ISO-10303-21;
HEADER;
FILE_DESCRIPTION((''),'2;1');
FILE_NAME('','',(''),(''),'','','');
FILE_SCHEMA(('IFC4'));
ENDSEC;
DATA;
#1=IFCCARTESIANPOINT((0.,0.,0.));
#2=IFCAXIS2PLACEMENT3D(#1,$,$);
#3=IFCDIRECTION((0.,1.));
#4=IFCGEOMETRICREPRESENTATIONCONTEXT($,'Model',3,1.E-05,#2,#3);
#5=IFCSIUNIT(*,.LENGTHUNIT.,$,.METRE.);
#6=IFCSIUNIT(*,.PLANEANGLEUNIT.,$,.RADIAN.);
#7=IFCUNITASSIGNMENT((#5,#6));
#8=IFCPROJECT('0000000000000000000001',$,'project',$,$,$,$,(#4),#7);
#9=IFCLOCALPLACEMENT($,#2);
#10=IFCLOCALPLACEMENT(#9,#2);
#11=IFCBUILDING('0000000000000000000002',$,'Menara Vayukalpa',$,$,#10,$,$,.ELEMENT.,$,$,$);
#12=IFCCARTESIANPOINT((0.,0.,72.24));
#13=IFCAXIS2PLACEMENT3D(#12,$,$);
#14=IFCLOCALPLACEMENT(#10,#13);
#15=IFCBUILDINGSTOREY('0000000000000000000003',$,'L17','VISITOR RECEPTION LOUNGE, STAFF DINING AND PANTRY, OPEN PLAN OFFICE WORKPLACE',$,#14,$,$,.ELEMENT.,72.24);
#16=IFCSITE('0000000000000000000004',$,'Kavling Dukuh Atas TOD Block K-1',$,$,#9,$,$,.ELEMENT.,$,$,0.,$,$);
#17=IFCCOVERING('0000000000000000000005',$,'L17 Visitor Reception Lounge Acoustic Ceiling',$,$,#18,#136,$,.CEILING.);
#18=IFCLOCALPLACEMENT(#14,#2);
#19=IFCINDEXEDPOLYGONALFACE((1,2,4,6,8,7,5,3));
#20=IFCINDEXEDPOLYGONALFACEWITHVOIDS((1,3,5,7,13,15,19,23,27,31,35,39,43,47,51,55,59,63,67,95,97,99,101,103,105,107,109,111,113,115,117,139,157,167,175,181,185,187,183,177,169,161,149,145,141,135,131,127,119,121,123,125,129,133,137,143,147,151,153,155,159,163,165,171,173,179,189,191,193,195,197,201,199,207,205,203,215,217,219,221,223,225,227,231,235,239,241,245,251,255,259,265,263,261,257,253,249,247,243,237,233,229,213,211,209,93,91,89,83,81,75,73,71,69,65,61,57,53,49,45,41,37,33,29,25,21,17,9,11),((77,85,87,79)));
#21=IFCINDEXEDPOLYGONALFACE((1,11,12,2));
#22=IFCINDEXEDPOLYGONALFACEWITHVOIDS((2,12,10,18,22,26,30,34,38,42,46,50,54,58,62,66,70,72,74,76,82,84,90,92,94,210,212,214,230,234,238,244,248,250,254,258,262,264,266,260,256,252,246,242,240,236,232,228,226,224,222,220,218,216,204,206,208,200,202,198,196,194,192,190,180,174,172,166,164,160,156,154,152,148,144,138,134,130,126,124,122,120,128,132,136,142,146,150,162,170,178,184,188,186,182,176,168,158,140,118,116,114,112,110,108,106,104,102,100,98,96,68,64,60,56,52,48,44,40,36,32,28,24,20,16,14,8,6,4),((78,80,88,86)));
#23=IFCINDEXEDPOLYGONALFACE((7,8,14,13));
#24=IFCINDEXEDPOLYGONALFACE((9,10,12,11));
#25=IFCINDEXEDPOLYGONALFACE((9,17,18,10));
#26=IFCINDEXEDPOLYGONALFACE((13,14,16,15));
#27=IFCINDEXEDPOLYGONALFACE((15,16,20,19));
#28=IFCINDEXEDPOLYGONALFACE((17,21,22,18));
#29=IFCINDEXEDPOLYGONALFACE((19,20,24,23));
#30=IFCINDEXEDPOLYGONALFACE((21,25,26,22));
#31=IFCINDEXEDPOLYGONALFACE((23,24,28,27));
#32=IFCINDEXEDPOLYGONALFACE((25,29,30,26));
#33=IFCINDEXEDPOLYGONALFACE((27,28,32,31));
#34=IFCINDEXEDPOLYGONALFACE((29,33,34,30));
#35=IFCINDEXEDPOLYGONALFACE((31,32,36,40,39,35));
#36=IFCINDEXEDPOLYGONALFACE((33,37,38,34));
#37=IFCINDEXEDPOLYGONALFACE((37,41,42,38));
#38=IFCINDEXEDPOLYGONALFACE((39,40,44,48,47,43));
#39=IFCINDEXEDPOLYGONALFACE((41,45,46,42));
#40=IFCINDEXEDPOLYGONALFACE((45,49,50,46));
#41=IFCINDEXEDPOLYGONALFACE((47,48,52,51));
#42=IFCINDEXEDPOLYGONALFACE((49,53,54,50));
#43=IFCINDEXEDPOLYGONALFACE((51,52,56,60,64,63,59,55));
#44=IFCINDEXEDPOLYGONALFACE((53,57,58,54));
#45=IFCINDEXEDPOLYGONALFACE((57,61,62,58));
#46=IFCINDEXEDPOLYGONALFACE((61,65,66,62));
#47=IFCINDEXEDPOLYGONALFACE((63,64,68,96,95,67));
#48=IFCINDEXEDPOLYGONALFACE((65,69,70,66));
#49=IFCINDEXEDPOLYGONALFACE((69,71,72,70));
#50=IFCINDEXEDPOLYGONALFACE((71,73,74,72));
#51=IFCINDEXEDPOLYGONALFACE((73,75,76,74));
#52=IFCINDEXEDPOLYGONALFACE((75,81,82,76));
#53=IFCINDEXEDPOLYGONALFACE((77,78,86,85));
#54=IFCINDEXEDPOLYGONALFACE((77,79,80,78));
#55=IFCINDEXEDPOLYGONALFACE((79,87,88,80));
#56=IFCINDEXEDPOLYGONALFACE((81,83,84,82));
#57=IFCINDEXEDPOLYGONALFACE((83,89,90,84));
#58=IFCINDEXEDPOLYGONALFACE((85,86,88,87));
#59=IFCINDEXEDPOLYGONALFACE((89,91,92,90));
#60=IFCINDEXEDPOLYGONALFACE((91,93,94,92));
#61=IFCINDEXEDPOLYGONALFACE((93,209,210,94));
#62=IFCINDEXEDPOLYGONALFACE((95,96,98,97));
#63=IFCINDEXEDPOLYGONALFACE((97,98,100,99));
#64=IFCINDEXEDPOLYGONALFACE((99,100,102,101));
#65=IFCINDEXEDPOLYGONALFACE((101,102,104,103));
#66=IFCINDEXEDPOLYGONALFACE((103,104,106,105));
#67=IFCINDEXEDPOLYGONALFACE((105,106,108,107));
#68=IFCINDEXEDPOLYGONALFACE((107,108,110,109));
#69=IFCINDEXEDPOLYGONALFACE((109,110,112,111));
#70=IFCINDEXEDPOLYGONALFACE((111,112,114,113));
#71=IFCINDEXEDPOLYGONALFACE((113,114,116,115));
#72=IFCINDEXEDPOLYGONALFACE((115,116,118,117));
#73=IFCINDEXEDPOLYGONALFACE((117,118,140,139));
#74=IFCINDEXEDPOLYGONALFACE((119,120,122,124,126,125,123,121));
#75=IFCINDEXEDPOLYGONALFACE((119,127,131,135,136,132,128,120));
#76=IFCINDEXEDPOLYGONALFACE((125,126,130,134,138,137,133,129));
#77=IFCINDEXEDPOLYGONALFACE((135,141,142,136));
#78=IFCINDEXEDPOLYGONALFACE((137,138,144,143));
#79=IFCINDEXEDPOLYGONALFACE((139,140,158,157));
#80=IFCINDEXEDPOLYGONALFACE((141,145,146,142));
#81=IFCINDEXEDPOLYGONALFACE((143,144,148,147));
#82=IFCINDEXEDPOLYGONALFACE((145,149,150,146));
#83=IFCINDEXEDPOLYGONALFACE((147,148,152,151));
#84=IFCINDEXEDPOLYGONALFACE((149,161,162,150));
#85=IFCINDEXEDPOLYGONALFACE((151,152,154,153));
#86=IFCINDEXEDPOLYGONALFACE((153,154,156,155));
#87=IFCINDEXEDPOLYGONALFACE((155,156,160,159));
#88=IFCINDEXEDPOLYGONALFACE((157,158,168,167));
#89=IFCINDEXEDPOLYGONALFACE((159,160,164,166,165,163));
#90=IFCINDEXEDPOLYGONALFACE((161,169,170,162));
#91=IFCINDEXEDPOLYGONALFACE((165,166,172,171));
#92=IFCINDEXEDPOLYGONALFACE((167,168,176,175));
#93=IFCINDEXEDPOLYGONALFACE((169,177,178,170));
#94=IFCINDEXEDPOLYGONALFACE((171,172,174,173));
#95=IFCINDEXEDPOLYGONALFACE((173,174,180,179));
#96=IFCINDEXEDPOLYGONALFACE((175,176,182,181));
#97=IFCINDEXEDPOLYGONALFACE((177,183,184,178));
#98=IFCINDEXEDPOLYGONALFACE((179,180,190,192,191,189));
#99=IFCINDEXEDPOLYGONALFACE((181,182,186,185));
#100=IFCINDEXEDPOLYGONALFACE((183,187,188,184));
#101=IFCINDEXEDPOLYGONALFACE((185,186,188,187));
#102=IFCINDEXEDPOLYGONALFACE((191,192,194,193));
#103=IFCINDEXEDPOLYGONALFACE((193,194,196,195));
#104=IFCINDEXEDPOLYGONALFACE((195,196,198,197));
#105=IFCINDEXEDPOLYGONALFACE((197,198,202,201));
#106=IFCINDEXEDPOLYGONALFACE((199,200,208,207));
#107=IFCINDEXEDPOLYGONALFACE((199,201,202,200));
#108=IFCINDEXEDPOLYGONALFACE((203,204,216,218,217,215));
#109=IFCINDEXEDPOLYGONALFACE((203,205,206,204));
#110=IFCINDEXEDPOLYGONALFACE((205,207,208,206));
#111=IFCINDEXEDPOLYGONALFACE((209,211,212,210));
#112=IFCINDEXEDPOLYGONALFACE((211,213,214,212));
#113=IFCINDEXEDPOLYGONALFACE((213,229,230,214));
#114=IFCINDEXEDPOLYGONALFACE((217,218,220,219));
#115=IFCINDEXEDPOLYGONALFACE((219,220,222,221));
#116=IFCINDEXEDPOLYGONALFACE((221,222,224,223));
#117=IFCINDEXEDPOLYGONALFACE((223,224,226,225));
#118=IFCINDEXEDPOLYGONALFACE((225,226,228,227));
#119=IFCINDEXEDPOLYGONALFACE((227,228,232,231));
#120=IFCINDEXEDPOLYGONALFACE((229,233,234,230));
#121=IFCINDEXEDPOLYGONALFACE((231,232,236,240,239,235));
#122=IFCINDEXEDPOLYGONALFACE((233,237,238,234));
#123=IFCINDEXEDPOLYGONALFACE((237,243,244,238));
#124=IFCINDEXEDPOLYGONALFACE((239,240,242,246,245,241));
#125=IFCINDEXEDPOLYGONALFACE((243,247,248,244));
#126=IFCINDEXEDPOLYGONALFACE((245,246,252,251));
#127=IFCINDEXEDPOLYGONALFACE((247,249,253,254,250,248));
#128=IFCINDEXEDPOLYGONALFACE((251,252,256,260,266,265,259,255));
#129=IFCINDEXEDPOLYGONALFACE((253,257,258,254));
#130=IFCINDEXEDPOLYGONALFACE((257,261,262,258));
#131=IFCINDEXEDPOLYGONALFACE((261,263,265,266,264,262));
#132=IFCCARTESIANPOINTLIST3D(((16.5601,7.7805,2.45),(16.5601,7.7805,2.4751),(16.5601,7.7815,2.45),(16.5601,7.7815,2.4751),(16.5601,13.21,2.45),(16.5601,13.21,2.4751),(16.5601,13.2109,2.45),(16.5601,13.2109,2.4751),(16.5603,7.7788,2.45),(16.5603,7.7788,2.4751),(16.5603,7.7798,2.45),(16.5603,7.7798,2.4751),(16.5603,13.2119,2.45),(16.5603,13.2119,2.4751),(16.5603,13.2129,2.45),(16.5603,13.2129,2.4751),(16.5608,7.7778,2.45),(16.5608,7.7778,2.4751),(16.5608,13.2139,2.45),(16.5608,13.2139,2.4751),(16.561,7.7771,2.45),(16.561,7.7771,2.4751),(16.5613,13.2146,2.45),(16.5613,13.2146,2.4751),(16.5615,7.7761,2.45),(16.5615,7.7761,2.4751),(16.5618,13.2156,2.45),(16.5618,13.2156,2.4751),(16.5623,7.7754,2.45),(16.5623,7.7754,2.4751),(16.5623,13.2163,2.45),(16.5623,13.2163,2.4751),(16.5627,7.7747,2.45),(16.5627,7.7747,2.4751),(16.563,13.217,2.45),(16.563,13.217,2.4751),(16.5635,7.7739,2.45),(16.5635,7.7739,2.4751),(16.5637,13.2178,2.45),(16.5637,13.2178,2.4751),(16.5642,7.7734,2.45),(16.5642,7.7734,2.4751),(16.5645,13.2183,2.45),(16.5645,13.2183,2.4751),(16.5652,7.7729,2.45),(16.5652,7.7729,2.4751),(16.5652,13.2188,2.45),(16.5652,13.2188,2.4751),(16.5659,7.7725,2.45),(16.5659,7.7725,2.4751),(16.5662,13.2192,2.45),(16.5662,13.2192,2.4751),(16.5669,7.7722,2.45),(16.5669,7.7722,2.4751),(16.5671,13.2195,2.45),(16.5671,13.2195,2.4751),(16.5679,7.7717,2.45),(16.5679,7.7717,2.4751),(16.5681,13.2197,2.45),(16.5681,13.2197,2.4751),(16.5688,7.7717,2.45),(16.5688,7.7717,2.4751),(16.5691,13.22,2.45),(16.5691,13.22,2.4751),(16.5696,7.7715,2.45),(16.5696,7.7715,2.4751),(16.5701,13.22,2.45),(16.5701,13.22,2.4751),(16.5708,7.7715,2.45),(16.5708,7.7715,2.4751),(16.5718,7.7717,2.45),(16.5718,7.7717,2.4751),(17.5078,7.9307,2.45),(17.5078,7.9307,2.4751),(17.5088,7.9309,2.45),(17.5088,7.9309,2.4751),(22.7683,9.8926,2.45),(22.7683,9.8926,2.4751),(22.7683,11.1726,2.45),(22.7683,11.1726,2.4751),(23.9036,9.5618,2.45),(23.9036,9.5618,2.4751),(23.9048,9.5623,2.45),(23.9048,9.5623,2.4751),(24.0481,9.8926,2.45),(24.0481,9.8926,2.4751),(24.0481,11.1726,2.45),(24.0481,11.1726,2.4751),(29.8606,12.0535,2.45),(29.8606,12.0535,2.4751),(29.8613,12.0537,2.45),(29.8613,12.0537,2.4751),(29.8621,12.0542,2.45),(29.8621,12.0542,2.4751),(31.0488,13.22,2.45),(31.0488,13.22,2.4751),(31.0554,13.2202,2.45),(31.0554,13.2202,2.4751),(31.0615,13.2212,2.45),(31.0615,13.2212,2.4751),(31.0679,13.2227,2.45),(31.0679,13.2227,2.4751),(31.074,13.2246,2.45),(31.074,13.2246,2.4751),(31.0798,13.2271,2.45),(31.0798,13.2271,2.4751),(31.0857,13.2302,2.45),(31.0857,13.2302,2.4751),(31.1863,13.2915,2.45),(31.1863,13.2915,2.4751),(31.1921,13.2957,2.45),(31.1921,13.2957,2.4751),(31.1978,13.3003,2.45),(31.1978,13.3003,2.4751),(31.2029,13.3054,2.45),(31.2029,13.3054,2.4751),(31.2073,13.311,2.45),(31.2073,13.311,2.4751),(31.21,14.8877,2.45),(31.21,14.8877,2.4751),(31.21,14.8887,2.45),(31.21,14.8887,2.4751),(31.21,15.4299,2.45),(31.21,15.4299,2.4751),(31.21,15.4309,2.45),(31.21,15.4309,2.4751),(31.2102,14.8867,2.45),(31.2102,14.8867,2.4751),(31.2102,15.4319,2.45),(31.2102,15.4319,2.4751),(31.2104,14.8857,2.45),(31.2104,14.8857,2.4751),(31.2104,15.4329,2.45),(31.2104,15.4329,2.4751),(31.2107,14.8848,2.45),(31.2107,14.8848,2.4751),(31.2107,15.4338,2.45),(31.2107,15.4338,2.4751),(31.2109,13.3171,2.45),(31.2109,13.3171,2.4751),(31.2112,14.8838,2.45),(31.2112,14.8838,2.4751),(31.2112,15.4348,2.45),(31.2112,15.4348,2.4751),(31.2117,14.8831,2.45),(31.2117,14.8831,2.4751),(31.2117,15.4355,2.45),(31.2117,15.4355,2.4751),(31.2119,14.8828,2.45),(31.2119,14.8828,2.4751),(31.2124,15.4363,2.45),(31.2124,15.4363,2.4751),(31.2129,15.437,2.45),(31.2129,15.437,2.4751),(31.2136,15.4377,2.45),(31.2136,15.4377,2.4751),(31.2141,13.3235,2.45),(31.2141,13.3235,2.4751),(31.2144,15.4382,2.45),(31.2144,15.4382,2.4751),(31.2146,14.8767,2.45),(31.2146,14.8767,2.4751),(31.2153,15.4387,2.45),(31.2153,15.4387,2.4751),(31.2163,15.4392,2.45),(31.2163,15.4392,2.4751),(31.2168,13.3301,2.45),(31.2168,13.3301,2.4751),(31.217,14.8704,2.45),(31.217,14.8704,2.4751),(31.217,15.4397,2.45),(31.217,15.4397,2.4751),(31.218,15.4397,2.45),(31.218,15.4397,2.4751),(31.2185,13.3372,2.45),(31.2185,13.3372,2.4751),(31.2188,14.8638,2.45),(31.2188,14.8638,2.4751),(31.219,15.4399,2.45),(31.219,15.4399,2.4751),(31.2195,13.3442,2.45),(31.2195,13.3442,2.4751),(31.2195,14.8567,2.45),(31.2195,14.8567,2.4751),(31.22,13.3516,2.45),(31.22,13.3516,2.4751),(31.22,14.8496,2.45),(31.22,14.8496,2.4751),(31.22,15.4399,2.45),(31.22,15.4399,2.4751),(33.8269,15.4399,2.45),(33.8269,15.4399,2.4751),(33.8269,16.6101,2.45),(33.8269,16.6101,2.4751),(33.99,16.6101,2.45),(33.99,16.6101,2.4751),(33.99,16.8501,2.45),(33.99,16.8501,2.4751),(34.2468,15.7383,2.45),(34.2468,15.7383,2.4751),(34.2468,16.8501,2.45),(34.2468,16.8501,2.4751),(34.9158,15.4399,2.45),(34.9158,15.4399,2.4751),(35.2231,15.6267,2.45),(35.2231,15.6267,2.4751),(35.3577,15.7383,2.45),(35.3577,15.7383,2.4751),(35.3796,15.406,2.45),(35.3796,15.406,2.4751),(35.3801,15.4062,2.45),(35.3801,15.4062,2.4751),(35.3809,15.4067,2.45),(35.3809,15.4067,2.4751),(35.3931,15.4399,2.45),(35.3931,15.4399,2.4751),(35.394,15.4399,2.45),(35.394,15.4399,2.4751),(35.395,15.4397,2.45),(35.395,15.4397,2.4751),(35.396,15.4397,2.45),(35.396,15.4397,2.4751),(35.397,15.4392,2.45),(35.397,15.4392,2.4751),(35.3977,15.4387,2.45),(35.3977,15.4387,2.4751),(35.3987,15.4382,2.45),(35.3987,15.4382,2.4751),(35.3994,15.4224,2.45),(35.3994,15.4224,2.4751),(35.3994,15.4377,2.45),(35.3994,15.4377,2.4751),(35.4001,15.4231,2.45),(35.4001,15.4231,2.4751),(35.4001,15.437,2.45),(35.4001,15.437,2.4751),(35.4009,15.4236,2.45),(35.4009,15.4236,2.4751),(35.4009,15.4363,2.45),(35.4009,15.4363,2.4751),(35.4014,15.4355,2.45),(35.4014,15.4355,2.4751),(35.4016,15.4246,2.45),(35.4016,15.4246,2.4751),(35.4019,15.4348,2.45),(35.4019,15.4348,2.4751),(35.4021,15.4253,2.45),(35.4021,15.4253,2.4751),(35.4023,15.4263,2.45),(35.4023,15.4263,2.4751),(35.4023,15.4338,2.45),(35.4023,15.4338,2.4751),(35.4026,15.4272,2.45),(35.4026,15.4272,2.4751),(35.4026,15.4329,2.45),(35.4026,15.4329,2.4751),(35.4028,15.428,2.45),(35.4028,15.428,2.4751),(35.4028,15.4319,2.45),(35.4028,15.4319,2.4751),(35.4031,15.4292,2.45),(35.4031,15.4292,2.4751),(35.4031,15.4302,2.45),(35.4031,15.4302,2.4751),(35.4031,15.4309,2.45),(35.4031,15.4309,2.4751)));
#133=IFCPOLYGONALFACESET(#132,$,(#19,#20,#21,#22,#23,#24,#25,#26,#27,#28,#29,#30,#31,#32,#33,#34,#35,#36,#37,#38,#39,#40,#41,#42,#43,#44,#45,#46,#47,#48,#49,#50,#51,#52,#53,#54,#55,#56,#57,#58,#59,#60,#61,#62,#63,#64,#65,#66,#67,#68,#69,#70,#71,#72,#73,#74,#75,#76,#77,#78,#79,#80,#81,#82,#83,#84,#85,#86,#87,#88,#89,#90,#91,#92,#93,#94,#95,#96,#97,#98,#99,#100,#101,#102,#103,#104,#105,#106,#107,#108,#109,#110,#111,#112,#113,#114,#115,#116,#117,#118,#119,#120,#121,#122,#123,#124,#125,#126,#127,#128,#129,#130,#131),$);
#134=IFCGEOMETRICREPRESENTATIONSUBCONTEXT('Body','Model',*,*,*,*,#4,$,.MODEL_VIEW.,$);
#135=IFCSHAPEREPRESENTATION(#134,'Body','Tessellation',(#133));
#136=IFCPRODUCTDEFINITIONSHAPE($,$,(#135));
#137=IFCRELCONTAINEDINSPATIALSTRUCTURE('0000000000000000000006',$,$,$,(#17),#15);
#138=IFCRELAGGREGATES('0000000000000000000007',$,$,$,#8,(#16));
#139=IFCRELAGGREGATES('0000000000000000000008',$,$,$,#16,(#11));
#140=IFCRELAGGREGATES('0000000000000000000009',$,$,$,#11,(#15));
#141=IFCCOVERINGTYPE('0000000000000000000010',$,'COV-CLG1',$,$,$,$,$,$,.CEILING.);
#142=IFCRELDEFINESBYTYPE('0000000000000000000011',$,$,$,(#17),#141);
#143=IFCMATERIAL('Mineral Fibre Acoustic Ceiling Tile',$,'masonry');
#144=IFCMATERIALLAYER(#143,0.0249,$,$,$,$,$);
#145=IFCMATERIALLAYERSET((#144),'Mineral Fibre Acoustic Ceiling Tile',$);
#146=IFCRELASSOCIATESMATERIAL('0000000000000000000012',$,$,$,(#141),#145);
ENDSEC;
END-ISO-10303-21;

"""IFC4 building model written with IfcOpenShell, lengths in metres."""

from ifc_helpers import new_model, si_unit, direction, frame, origin, place, context, subcontext, project, spatial, polyline, outline, extrude, material, layer, layer_set, type_object, element, save


model = new_model("IFC4")

# Units and contexts
model_context = context("Model", 3, precision=1e-05, world=origin(), true_north=direction((0.0, 1.0)))
body_context = subcontext(model_context, "Body", "Model", "MODEL_VIEW")
ifc_project = project(units=[si_unit("LENGTHUNIT", "METRE"), si_unit("PLANEANGLEUNIT", "RADIAN")], contexts=[model_context])

# Site, building, storey
site_placement = place(None, origin())
site = spatial("IfcSite", under=ifc_project, at=site_placement, Name="Kavling Dukuh Atas TOD Block K-1", CompositionType="ELEMENT", RefElevation=0.0)
building_placement = place(site_placement, origin())
building = spatial("IfcBuilding", under=site, at=building_placement, Name="Menara Vayukalpa", CompositionType="ELEMENT")
storey_placement = place(building_placement, frame((0.0, 0.0, 72.24)))
storey = spatial("IfcBuildingStorey", under=building, at=storey_placement, Name="L17", Description="VISITOR RECEPTION LOUNGE, STAFF DINING AND PANTRY, OPEN PLAN OFFICE WORKPLACE", CompositionType="ELEMENT", Elevation=72.24)

# Covering
ifc_material_1 = material(Name="Mineral Fibre Acoustic Ceiling Tile", Category="masonry")
ifc_layer_1 = layer(ifc_material_1, 0.0249)
ifc_layer_set_1 = layer_set([ifc_layer_1], Name="Mineral Fibre Acoustic Ceiling Tile")
covering_type_1 = type_object("IfcCoveringType", Name="COV-CLG1", PredefinedType="CEILING", material=ifc_layer_set_1)
covering_1_placement = place(storey_placement, frame((0.0, 0.0, 2.45)))
element("IfcCovering", 1, at=covering_1_placement, inside=storey, type_object=covering_type_1, Name="L17 Visitor Reception Lounge Acoustic Ceiling", PredefinedType="CEILING", context=body_context, shape_type="SweptSolid", body=[
    extrude(outline(polyline([(23.9048, 9.5623), (23.9036, 9.5618), (17.5088, 7.9309), (17.5078, 7.9307), (16.5718, 7.7717), (16.5708, 7.7715), (16.5696, 7.7715), (16.5688, 7.7717), (16.5679, 7.7717), (16.5669, 7.7722), (16.5659, 7.7725), (16.5652, 7.7729), (16.5642, 7.7734), (16.5635, 7.7739), (16.5627, 7.7747), (16.5623, 7.7754), (16.5615, 7.7761), (16.561, 7.7771), (16.5608, 7.7778), (16.5603, 7.7788), (16.5603, 7.7798), (16.5601, 7.7805), (16.5601, 7.7815), (16.5601, 13.21), (16.5601, 13.2109), (16.5603, 13.2119), (16.5603, 13.2129), (16.5608, 13.2139), (16.5613, 13.2146), (16.5618, 13.2156), (16.5623, 13.2163), (16.563, 13.217), (16.5637, 13.2178), (16.5645, 13.2183), (16.5652, 13.2188), (16.5662, 13.2192), (16.5671, 13.2195), (16.5681, 13.2197), (16.5691, 13.22), (16.5701, 13.22), (31.0488, 13.22), (31.0554, 13.2202), (31.0615, 13.2212), (31.0679, 13.2227), (31.074, 13.2246), (31.0798, 13.2271), (31.0857, 13.2302), (31.1863, 13.2915), (31.1921, 13.2957), (31.1978, 13.3003), (31.2029, 13.3054), (31.2073, 13.311), (31.2109, 13.3171), (31.2141, 13.3235), (31.2168, 13.3301), (31.2185, 13.3372), (31.2195, 13.3442), (31.22, 13.3516), (31.22, 14.8496), (31.2195, 14.8567), (31.2188, 14.8638), (31.217, 14.8704), (31.2146, 14.8767), (31.2119, 14.8828), (31.2117, 14.8831), (31.2112, 14.8838), (31.2107, 14.8848), (31.2104, 14.8857), (31.2102, 14.8867), (31.21, 14.8877), (31.21, 14.8887), (31.21, 15.4299), (31.21, 15.4309), (31.2102, 15.4319), (31.2104, 15.4329), (31.2107, 15.4338), (31.2112, 15.4348), (31.2117, 15.4355), (31.2124, 15.4363), (31.2129, 15.437), (31.2136, 15.4377), (31.2144, 15.4382), (31.2153, 15.4387), (31.2163, 15.4392), (31.217, 15.4397), (31.218, 15.4397), (31.219, 15.4399), (31.22, 15.4399), (33.8269, 15.4399), (33.8269, 16.6101), (33.99, 16.6101), (33.99, 16.8501), (34.2468, 16.8501), (34.2468, 15.7383), (35.3577, 15.7383), (35.2231, 15.6267), (34.9158, 15.4399), (35.3931, 15.4399), (35.394, 15.4399), (35.395, 15.4397), (35.396, 15.4397), (35.397, 15.4392), (35.3977, 15.4387), (35.3987, 15.4382), (35.3994, 15.4377), (35.4001, 15.437), (35.4009, 15.4363), (35.4014, 15.4355), (35.4019, 15.4348), (35.4023, 15.4338), (35.4026, 15.4329), (35.4028, 15.4319), (35.4031, 15.4309), (35.4031, 15.4302), (35.4031, 15.4292), (35.4028, 15.428), (35.4026, 15.4272), (35.4023, 15.4263), (35.4021, 15.4253), (35.4016, 15.4246), (35.4009, 15.4236), (35.4001, 15.4231), (35.3994, 15.4224), (35.3809, 15.4067), (35.3801, 15.4062), (35.3796, 15.406), (29.8621, 12.0542), (29.8613, 12.0537), (29.8606, 12.0535), (23.9048, 9.5623)]), holes=[polyline([(24.0481, 11.1726), (22.7683, 11.1726), (22.7683, 9.8926), (24.0481, 9.8926), (24.0481, 11.1726)])]), origin(), (0.0, 0.0, 1.0), 0.0251),
])

save(model, "model.ifc")
